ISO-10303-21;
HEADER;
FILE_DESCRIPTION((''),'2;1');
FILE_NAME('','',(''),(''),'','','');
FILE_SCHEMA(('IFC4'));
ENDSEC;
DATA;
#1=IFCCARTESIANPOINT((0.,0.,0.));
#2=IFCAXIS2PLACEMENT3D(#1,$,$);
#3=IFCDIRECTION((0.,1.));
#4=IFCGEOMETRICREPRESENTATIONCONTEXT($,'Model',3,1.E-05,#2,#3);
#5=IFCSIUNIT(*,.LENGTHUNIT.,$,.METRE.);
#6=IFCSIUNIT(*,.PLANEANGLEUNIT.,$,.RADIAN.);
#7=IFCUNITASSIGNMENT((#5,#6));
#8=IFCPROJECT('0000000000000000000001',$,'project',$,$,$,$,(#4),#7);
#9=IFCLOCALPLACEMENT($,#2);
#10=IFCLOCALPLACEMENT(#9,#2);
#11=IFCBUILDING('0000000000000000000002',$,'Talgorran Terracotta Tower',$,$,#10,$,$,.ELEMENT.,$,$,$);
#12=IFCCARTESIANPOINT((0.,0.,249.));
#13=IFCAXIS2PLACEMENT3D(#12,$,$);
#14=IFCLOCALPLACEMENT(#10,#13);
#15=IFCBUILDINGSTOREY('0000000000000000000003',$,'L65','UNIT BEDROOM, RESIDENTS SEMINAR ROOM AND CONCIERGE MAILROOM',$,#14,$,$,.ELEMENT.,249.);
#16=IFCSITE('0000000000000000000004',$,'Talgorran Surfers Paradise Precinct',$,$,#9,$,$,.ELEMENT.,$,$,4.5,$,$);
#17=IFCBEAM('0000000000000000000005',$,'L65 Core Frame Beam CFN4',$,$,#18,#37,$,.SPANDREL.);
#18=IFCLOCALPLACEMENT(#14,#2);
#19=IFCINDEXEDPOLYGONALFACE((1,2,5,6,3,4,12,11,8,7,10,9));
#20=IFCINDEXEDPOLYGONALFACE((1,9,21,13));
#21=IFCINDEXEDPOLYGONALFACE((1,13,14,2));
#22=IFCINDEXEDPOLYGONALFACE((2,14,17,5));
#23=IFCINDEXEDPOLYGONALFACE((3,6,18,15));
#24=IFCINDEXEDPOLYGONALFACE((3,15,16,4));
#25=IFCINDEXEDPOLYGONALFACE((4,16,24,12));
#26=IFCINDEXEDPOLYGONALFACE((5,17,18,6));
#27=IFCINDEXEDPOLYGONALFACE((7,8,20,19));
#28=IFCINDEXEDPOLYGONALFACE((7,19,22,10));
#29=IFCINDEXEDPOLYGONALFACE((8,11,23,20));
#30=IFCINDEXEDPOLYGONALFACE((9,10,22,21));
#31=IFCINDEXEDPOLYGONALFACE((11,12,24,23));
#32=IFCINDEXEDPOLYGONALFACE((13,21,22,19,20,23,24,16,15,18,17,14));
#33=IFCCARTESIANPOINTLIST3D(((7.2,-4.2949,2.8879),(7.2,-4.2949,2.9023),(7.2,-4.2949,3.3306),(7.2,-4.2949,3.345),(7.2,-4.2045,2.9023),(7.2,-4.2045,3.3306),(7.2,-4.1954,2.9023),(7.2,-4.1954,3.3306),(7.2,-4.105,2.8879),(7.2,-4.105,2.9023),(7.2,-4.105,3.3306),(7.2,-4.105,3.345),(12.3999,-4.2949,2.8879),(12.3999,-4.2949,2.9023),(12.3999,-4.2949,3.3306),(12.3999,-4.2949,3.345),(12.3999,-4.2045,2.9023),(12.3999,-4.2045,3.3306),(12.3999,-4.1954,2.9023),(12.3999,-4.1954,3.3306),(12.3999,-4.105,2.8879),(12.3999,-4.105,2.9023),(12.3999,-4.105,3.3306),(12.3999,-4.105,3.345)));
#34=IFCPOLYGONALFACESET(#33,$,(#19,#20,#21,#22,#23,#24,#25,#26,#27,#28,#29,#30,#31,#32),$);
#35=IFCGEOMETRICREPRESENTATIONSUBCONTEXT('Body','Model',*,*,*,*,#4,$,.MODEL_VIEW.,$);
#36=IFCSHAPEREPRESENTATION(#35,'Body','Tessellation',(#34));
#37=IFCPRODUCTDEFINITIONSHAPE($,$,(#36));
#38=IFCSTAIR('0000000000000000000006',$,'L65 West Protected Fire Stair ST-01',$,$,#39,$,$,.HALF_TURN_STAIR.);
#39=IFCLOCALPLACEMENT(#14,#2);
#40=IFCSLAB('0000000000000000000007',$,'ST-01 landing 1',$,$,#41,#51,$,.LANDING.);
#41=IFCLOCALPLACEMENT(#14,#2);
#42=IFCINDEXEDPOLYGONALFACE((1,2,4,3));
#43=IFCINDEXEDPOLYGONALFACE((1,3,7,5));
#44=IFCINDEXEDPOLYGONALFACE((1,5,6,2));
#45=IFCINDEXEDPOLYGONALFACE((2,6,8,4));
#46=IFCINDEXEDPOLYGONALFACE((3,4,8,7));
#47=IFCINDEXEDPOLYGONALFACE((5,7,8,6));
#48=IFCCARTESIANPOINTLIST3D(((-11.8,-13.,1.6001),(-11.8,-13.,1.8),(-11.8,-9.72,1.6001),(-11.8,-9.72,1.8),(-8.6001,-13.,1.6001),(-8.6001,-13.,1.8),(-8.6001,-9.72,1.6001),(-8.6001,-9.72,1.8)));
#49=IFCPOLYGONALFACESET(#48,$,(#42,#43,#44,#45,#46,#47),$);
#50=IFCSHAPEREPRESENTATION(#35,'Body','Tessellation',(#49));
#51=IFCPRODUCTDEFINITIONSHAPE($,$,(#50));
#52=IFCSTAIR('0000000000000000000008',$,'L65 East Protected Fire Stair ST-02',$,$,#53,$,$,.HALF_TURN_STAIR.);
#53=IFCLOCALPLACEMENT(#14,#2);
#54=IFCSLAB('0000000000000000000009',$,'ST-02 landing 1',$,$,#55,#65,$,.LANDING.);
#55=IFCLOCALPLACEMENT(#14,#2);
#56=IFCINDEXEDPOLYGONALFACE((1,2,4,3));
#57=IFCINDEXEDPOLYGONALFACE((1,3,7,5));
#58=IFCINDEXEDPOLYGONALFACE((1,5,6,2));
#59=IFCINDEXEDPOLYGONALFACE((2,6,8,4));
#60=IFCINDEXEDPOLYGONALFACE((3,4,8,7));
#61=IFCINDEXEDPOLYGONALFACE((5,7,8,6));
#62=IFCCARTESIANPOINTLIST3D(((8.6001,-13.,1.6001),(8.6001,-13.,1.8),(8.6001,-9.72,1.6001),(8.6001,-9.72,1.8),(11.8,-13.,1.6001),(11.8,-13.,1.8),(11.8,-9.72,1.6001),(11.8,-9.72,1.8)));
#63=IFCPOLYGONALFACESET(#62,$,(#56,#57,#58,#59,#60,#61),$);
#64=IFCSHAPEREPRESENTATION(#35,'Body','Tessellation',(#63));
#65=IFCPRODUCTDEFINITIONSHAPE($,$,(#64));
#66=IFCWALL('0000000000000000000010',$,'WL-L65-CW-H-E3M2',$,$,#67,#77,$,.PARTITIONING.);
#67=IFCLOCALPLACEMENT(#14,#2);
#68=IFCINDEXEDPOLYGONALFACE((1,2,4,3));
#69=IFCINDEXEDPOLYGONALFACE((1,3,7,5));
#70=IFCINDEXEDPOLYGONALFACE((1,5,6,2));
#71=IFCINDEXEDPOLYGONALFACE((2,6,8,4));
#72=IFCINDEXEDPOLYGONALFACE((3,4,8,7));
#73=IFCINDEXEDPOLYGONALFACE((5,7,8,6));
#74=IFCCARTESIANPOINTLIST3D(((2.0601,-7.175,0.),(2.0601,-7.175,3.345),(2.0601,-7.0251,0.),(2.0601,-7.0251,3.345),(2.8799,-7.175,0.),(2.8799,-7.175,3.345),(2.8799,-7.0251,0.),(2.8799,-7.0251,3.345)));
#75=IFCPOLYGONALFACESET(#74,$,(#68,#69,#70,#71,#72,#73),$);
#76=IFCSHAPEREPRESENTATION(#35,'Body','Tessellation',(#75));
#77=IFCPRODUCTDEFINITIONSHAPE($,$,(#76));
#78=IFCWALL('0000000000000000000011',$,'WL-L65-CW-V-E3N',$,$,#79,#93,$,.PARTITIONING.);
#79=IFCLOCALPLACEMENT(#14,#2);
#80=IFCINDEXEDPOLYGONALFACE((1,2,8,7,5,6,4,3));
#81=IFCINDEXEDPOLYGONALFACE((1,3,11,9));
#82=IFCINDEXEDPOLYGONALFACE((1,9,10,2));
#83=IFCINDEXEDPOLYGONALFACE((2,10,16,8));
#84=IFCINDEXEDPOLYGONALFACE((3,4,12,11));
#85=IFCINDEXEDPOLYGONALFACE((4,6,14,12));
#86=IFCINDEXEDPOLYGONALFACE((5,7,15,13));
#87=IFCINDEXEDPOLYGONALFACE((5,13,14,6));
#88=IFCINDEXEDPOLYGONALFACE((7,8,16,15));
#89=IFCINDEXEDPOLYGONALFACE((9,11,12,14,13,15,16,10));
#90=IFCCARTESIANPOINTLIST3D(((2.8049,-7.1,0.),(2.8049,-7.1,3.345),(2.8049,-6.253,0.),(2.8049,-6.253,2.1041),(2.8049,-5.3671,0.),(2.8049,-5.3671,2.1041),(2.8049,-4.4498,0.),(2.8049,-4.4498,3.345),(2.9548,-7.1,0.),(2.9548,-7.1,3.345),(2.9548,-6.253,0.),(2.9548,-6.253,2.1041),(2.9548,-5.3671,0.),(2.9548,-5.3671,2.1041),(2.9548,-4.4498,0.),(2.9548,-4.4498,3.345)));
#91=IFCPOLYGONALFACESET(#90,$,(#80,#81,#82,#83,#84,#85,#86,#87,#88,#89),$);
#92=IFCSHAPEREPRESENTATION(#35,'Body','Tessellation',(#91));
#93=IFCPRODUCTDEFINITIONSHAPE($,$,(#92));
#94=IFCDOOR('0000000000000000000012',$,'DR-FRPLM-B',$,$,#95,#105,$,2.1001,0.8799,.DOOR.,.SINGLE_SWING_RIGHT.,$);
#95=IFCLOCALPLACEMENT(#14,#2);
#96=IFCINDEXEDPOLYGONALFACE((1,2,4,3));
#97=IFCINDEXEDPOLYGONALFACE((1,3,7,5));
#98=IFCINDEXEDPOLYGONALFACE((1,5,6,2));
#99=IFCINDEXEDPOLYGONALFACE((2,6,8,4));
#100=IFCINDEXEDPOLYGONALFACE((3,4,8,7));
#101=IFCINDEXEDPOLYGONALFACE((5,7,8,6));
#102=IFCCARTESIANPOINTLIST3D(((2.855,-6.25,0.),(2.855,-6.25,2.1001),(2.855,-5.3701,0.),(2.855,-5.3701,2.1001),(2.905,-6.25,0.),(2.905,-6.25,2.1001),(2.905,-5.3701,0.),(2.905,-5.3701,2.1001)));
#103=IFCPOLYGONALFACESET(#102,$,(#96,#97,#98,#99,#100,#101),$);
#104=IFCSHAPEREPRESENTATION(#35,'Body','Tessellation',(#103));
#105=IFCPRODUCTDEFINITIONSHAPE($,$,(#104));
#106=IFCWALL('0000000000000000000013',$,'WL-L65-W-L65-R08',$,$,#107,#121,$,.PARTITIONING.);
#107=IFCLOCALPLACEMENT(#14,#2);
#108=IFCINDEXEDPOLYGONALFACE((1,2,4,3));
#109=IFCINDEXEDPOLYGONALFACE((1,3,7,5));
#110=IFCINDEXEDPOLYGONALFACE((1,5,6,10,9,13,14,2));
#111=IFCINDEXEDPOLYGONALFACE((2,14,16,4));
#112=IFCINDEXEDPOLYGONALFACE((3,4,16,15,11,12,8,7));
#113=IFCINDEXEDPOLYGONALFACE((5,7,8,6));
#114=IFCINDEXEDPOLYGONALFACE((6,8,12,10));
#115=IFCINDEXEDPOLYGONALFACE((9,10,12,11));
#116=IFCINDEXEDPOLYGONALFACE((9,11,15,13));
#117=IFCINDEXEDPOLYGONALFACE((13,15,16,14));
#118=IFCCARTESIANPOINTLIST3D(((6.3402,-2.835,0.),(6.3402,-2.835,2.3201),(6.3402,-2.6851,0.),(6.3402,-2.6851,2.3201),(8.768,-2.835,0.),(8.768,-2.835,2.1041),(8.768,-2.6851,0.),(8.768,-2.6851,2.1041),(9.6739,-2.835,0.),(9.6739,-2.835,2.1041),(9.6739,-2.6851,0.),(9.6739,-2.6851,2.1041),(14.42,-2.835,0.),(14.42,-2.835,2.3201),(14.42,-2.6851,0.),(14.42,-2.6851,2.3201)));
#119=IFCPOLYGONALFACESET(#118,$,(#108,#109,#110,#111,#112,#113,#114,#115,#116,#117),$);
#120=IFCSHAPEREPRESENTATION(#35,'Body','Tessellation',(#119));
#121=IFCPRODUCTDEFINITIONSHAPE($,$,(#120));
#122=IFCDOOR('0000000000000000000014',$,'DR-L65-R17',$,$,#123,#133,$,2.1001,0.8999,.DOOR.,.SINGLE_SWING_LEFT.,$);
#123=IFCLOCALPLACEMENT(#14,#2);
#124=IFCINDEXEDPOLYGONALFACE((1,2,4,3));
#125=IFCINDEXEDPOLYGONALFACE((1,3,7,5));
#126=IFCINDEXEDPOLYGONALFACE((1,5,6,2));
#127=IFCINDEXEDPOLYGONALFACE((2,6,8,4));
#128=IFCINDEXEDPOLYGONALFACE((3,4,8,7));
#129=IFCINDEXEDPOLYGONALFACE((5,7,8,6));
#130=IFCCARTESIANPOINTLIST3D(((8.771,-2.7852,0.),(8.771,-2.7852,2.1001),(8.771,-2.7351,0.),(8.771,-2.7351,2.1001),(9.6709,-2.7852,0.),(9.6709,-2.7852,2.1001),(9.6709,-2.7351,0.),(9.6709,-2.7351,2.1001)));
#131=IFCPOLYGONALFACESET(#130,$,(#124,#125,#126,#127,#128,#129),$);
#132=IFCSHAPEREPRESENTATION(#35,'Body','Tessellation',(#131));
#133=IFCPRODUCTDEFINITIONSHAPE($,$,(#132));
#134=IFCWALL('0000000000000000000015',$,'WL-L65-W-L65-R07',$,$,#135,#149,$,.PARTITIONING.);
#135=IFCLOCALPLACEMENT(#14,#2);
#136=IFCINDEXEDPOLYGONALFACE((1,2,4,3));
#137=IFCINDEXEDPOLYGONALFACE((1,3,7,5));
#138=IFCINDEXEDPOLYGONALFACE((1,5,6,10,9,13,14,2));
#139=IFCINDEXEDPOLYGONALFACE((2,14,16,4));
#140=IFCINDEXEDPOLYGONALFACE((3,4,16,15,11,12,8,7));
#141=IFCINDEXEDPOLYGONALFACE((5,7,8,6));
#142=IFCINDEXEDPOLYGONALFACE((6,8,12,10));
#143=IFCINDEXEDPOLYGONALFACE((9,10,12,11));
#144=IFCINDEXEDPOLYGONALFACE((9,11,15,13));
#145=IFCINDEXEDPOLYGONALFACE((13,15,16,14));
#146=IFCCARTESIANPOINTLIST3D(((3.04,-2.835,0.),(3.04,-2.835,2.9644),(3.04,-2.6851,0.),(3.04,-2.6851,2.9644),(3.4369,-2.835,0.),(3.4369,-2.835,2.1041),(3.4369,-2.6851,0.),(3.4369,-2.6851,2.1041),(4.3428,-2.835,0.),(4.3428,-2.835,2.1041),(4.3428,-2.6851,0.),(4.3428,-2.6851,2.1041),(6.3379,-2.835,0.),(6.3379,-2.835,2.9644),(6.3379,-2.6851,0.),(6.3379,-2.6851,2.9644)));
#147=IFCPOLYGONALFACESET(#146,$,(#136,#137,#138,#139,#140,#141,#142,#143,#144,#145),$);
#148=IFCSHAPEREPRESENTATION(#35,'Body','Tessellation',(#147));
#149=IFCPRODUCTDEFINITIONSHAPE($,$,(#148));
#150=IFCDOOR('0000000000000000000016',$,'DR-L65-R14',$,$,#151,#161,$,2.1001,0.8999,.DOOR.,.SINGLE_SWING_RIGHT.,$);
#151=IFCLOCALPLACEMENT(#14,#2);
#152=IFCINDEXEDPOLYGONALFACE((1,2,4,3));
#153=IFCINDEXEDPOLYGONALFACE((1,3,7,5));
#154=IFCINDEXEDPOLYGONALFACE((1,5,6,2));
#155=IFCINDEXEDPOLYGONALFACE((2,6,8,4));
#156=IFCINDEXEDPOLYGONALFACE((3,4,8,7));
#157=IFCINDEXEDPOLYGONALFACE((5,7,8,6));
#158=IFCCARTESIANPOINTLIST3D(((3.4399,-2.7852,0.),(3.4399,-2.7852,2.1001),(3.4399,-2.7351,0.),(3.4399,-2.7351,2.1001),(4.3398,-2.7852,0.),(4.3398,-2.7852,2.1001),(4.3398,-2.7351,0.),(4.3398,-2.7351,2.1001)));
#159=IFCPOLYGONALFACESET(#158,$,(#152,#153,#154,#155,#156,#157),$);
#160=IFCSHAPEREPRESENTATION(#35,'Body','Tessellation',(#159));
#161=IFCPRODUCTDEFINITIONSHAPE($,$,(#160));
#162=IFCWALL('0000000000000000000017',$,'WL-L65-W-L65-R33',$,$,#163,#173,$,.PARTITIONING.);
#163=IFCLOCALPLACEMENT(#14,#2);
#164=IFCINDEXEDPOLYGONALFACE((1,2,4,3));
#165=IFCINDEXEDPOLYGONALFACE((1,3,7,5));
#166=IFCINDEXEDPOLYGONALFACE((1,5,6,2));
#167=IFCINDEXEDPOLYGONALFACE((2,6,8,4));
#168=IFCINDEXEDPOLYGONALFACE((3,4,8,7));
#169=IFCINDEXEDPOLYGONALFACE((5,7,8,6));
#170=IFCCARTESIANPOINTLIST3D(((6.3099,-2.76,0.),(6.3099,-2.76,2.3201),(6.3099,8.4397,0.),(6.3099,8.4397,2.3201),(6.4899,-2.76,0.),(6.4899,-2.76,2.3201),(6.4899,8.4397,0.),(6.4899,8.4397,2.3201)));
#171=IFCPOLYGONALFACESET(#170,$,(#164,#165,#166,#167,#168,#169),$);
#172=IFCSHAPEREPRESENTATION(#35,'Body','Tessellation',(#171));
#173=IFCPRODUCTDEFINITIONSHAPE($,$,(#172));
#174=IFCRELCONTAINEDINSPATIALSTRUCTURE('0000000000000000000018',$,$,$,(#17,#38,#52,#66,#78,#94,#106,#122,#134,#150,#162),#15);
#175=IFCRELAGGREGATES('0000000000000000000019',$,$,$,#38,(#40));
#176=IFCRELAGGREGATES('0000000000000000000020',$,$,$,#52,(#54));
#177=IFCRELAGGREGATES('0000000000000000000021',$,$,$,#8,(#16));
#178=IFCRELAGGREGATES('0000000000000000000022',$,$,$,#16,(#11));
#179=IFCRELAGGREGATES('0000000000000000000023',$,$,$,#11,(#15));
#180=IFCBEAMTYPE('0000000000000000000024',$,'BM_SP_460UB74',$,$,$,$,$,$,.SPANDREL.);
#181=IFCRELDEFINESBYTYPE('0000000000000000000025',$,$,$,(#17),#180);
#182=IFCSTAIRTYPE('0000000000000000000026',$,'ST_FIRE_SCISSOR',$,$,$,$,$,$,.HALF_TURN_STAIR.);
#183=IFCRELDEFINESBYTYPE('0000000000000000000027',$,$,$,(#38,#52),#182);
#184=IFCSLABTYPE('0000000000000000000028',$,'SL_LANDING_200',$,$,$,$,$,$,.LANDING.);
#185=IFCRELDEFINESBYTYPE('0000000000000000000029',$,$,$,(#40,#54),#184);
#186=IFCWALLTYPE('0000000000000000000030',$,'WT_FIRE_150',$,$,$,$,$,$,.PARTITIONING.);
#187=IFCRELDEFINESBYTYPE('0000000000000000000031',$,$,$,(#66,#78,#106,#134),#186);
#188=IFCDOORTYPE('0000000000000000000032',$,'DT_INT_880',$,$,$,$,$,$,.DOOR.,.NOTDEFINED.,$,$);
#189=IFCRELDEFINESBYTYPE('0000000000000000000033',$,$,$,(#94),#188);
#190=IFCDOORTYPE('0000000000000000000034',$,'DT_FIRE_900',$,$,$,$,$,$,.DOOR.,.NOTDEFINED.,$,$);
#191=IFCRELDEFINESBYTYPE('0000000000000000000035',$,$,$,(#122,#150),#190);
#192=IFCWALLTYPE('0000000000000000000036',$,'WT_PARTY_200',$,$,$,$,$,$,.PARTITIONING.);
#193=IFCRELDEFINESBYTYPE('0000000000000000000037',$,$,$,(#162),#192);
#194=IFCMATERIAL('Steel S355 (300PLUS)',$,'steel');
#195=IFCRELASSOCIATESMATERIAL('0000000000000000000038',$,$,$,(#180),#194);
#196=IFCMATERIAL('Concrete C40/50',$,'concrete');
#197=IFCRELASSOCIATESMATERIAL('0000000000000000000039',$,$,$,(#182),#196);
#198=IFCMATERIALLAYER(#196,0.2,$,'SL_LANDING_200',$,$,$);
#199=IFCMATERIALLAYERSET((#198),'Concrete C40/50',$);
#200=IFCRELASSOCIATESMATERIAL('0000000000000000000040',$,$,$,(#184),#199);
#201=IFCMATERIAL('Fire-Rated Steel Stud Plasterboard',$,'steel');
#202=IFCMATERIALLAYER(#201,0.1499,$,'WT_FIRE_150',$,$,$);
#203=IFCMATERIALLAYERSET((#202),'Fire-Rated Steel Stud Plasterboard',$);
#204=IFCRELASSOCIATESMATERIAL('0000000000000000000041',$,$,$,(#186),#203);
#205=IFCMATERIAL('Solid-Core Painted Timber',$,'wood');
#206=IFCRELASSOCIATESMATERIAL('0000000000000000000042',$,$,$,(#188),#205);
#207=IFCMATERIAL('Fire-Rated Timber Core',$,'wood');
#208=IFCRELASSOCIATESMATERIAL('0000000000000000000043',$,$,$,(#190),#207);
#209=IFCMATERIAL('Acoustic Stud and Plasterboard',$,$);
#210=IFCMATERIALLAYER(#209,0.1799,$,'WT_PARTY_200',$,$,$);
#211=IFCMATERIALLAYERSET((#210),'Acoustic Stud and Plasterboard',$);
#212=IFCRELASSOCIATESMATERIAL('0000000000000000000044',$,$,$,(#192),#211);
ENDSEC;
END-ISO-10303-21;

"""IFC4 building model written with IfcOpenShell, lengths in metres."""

from ifc_helpers import new_model, si_unit, direction, frame, frame_2d, origin, origin_2d, place, context, subcontext, project, spatial, polyline, rectangle, i_section, outline, extrude, material, layer, layer_set, material_profile, profile_set, type_object, element, fill, aggregate, save


model = new_model("IFC4")

# Units and contexts
model_context = context("Model", 3, precision=1e-05, world=origin(), true_north=direction((0.0, 1.0)))
body_context = subcontext(model_context, "Body", "Model", "MODEL_VIEW")
ifc_project = project(units=[si_unit("LENGTHUNIT", "METRE"), si_unit("PLANEANGLEUNIT", "RADIAN")], contexts=[model_context])

# Site, building, storey
site_placement = place(None, origin())
site = spatial("IfcSite", under=ifc_project, at=site_placement, Name="Talgorran Surfers Paradise Precinct", CompositionType="ELEMENT", RefElevation=4.5)
building_placement = place(site_placement, origin())
building = spatial("IfcBuilding", under=site, at=building_placement, Name="Talgorran Terracotta Tower", CompositionType="ELEMENT")
storey_placement = place(building_placement, frame((0.0, 0.0, 249.0)))
storey = spatial("IfcBuildingStorey", under=building, at=storey_placement, Name="L65", Description="UNIT BEDROOM, RESIDENTS SEMINAR ROOM AND CONCIERGE MAILROOM", CompositionType="ELEMENT", Elevation=249.0)

# Shared definitions
ifc_material_1 = material(Name="Steel S355 (300PLUS)", Category="steel")

# Beam
ifc_material_profile_1 = material_profile(ifc_material_1, i_section(OverallWidth=0.1899, OverallDepth=0.457, WebThickness=0.009, FlangeThickness=0.0144, at=origin_2d()), Name="460UB74.6")
ifc_profile_set_1 = profile_set([ifc_material_profile_1], Name="Steel S355 (300PLUS)")
beam_type_1 = type_object("IfcBeamType", Name="BM_SP_460UB74", PredefinedType="SPANDREL", material=ifc_profile_set_1)
beam_1_placement = place(storey_placement, frame((7.2, -4.2, 3.1165), z_axis=(1.0, 0.0, 0.0), x_axis=(0.0, 1.0, 0.0)))
element("IfcBeam", 1, at=beam_1_placement, inside=storey, type_object=beam_type_1, Name="L65 Core Frame Beam CFN4", PredefinedType="SPANDREL", context=body_context, shape_type="SweptSolid", body=[
    extrude(i_section(OverallWidth=0.1899, OverallDepth=0.457, WebThickness=0.009, FlangeThickness=0.0144, at=origin_2d()), origin(), (0.0, 0.0, 1.0), 5.2),
])

# Stairs, slabs
ifc_material_2 = material(Name="Concrete C40/50", Category="concrete")
stair_type = type_object("IfcStairType", Name="ST_FIRE_SCISSOR", PredefinedType="HALF_TURN_STAIR", material=ifc_material_2)
stair_1_placement = place(storey_placement, origin())
stair_1 = element("IfcStair", 2, at=stair_1_placement, inside=storey, type_object=stair_type, Name="L65 West Protected Fire Stair ST-01", PredefinedType="HALF_TURN_STAIR")
ifc_layer_1 = layer(ifc_material_2, 0.2, Name="SL_LANDING_200")
ifc_layer_set_1 = layer_set([ifc_layer_1], Name="Concrete C40/50")
slab_type = type_object("IfcSlabType", Name="SL_LANDING_200", PredefinedType="LANDING", material=ifc_layer_set_1)
slab_1_placement = place(storey_placement, frame((0.0, 0.0, 1.6001)))
slab_1 = element("IfcSlab", 3, at=slab_1_placement, type_object=slab_type, Name="ST-01 landing 1", PredefinedType="LANDING", context=body_context, shape_type="SweptSolid", body=[
    extrude(outline(polyline([(-11.8, -9.72), (-11.8, -13.0), (-8.6001, -13.0), (-8.6001, -9.72), (-11.8, -9.72)])), origin(), (0.0, 0.0, 1.0), 0.2),
])
aggregate(stair_1, [slab_1])
stair_2_placement = place(storey_placement, origin())
stair_2 = element("IfcStair", 4, at=stair_2_placement, inside=storey, type_object=stair_type, Name="L65 East Protected Fire Stair ST-02", PredefinedType="HALF_TURN_STAIR")
slab_2_placement = place(storey_placement, frame((0.0, 0.0, 1.6001)))
slab_2 = element("IfcSlab", 5, at=slab_2_placement, type_object=slab_type, Name="ST-02 landing 1", PredefinedType="LANDING", context=body_context, shape_type="SweptSolid", body=[
    extrude(outline(polyline([(8.6001, -9.72), (8.6001, -13.0), (11.8, -13.0), (11.8, -9.72), (8.6001, -9.72)])), origin(), (0.0, 0.0, 1.0), 0.2),
])
aggregate(stair_2, [slab_2])

# Wall
ifc_material_3 = material(Name="Fire-Rated Steel Stud Plasterboard", Category="steel")
ifc_layer_2 = layer(ifc_material_3, 0.1499, Name="WT_FIRE_150")
ifc_layer_set_2 = layer_set([ifc_layer_2], Name="Fire-Rated Steel Stud Plasterboard")
wall_type_1 = type_object("IfcWallType", Name="WT_FIRE_150", PredefinedType="PARTITIONING", material=ifc_layer_set_2)
wall_1_placement = place(storey_placement, frame((2.0601, -7.1001, 0.0), z_axis=(0.0, 0.0, 1.0), x_axis=(1.0, 0.0, 0.0)))
element("IfcWall", 6, at=wall_1_placement, inside=storey, type_object=wall_type_1, Name="WL-L65-CW-H-E3M2", PredefinedType="PARTITIONING", context=body_context, shape_type="SweptSolid", body=[
    extrude(rectangle(XDim=0.8198, YDim=0.1499, at=frame_2d((0.4099, 0.0))), origin(), (0.0, 0.0, 1.0), 3.345),
])

# Walls, openings, doors
wall_2_placement = place(storey_placement, frame((2.8799, -7.1001, 0.0), z_axis=(0.0, 0.0, 1.0), x_axis=(0.0, 1.0, 0.0)))
wall_2 = element("IfcWall", 7, at=wall_2_placement, inside=storey, type_object=wall_type_1, Name="WL-L65-CW-V-E3N", PredefinedType="PARTITIONING", context=body_context, shape_type="SweptSolid", body=[
    extrude(rectangle(XDim=2.6501, YDim=0.1499, at=frame_2d((1.3252, 0.0))), origin(), (0.0, 0.0, 1.0), 3.345),
])
opening_1_placement = place(wall_2_placement, frame((0.8501, 0.0, 0.0)))
opening_1 = element("IfcOpeningElement", 8, at=opening_1_placement, cuts=wall_2, PredefinedType="OPENING", context=body_context, shape_type="SweptSolid", body=[
    extrude(rectangle(XDim=0.8859, YDim=2.1041, at=frame_2d((0.4399, 1.052))), frame((0.0, 0.085, 0.0), z_axis=(0.0, -1.0, 0.0), x_axis=(1.0, 0.0, 0.0)), (0.0, 0.0, 1.0), 0.1699),
])
ifc_material_4 = material(Name="Solid-Core Painted Timber", Category="wood")
door_type_1 = type_object("IfcDoorType", Name="DT_INT_880", OperationType="NOTDEFINED", PredefinedType="DOOR", material=ifc_material_4)
door_1_placement = place(opening_1_placement, origin())
door_1 = element("IfcDoor", 9, at=door_1_placement, inside=storey, type_object=door_type_1, Name="DR-FRPLM-B", OperationType="SINGLE_SWING_RIGHT", OverallHeight=2.1001, OverallWidth=0.8799, PredefinedType="DOOR", context=body_context, shape_type="SweptSolid", body=[
    extrude(rectangle(XDim=0.8799, YDim=2.1001, at=frame_2d((0.4399, 1.05))), frame((0.0, 0.0249, 0.0), z_axis=(0.0, -1.0, 0.0), x_axis=(1.0, 0.0, 0.0)), (0.0, 0.0, 1.0), 0.05),
])
fill(opening_1, door_1)
wall_3_placement = place(storey_placement, frame((6.3401, -2.76, 0.0), z_axis=(0.0, 0.0, 1.0), x_axis=(1.0, 0.0, 0.0)))
wall_3 = element("IfcWall", 10, at=wall_3_placement, inside=storey, type_object=wall_type_1, Name="WL-L65-W-L65-R08", PredefinedType="PARTITIONING", context=body_context, shape_type="SweptSolid", body=[
    extrude(rectangle(XDim=8.0798, YDim=0.1499, at=frame_2d((4.04, 0.0))), origin(), (0.0, 0.0, 1.0), 2.3201),
])
opening_2_placement = place(wall_3_placement, frame((2.4309, 0.0, 0.0)))
opening_2 = element("IfcOpeningElement", 11, at=opening_2_placement, cuts=wall_3, PredefinedType="OPENING", context=body_context, shape_type="SweptSolid", body=[
    extrude(rectangle(XDim=0.9059, YDim=2.1041, at=frame_2d((0.45, 1.052))), frame((0.0, 0.085, 0.0), z_axis=(0.0, -1.0, 0.0), x_axis=(1.0, 0.0, 0.0)), (0.0, 0.0, 1.0), 0.1699),
])
ifc_material_5 = material(Name="Fire-Rated Timber Core", Category="wood")
door_type_2 = type_object("IfcDoorType", Name="DT_FIRE_900", OperationType="NOTDEFINED", PredefinedType="DOOR", material=ifc_material_5)
door_2_placement = place(opening_2_placement, origin())
door_2 = element("IfcDoor", 12, at=door_2_placement, inside=storey, type_object=door_type_2, Name="DR-L65-R17", OperationType="SINGLE_SWING_LEFT", OverallHeight=2.1001, OverallWidth=0.8999, PredefinedType="DOOR", context=body_context, shape_type="SweptSolid", body=[
    extrude(rectangle(XDim=0.8999, YDim=2.1001, at=frame_2d((0.45, 1.05))), frame((0.0, 0.0249, 0.0), z_axis=(0.0, -1.0, 0.0), x_axis=(1.0, 0.0, 0.0)), (0.0, 0.0, 1.0), 0.05),
])
fill(opening_2, door_2)
wall_4_placement = place(storey_placement, frame((3.04, -2.76, 0.0), z_axis=(0.0, 0.0, 1.0), x_axis=(1.0, 0.0, 0.0)))
wall_4 = element("IfcWall", 13, at=wall_4_placement, inside=storey, type_object=wall_type_1, Name="WL-L65-W-L65-R07", PredefinedType="PARTITIONING", context=body_context, shape_type="SweptSolid", body=[
    extrude(rectangle(XDim=3.2979, YDim=0.1499, at=frame_2d((1.6489, 0.0))), origin(), (0.0, 0.0, 1.0), 2.9644),
])
opening_3_placement = place(wall_4_placement, frame((0.3999, 0.0, 0.0)))
opening_3 = element("IfcOpeningElement", 14, at=opening_3_placement, cuts=wall_4, PredefinedType="OPENING", context=body_context, shape_type="SweptSolid", body=[
    extrude(rectangle(XDim=0.9059, YDim=2.1041, at=frame_2d((0.45, 1.052))), frame((0.0, 0.085, 0.0), z_axis=(0.0, -1.0, 0.0), x_axis=(1.0, 0.0, 0.0)), (0.0, 0.0, 1.0), 0.1699),
])
door_3_placement = place(opening_3_placement, origin())
door_3 = element("IfcDoor", 15, at=door_3_placement, inside=storey, type_object=door_type_2, Name="DR-L65-R14", OperationType="SINGLE_SWING_RIGHT", OverallHeight=2.1001, OverallWidth=0.8999, PredefinedType="DOOR", context=body_context, shape_type="SweptSolid", body=[
    extrude(rectangle(XDim=0.8999, YDim=2.1001, at=frame_2d((0.45, 1.05))), frame((0.0, 0.0249, 0.0), z_axis=(0.0, -1.0, 0.0), x_axis=(1.0, 0.0, 0.0)), (0.0, 0.0, 1.0), 0.05),
])
fill(opening_3, door_3)

# Wall
ifc_material_6 = material(Name="Acoustic Stud and Plasterboard")
ifc_layer_3 = layer(ifc_material_6, 0.1799, Name="WT_PARTY_200")
ifc_layer_set_3 = layer_set([ifc_layer_3], Name="Acoustic Stud and Plasterboard")
wall_type_2 = type_object("IfcWallType", Name="WT_PARTY_200", PredefinedType="PARTITIONING", material=ifc_layer_set_3)
wall_5_placement = place(storey_placement, frame((6.3999, -2.76, 0.0), z_axis=(0.0, 0.0, 1.0), x_axis=(0.0, 1.0, 0.0)))
element("IfcWall", 16, at=wall_5_placement, inside=storey, type_object=wall_type_2, Name="WL-L65-W-L65-R33", PredefinedType="PARTITIONING", context=body_context, shape_type="SweptSolid", body=[
    extrude(rectangle(XDim=11.1997, YDim=0.1799, at=frame_2d((5.5999, 0.0))), origin(), (0.0, 0.0, 1.0), 2.3201),
])

save(model, "model.ifc")
